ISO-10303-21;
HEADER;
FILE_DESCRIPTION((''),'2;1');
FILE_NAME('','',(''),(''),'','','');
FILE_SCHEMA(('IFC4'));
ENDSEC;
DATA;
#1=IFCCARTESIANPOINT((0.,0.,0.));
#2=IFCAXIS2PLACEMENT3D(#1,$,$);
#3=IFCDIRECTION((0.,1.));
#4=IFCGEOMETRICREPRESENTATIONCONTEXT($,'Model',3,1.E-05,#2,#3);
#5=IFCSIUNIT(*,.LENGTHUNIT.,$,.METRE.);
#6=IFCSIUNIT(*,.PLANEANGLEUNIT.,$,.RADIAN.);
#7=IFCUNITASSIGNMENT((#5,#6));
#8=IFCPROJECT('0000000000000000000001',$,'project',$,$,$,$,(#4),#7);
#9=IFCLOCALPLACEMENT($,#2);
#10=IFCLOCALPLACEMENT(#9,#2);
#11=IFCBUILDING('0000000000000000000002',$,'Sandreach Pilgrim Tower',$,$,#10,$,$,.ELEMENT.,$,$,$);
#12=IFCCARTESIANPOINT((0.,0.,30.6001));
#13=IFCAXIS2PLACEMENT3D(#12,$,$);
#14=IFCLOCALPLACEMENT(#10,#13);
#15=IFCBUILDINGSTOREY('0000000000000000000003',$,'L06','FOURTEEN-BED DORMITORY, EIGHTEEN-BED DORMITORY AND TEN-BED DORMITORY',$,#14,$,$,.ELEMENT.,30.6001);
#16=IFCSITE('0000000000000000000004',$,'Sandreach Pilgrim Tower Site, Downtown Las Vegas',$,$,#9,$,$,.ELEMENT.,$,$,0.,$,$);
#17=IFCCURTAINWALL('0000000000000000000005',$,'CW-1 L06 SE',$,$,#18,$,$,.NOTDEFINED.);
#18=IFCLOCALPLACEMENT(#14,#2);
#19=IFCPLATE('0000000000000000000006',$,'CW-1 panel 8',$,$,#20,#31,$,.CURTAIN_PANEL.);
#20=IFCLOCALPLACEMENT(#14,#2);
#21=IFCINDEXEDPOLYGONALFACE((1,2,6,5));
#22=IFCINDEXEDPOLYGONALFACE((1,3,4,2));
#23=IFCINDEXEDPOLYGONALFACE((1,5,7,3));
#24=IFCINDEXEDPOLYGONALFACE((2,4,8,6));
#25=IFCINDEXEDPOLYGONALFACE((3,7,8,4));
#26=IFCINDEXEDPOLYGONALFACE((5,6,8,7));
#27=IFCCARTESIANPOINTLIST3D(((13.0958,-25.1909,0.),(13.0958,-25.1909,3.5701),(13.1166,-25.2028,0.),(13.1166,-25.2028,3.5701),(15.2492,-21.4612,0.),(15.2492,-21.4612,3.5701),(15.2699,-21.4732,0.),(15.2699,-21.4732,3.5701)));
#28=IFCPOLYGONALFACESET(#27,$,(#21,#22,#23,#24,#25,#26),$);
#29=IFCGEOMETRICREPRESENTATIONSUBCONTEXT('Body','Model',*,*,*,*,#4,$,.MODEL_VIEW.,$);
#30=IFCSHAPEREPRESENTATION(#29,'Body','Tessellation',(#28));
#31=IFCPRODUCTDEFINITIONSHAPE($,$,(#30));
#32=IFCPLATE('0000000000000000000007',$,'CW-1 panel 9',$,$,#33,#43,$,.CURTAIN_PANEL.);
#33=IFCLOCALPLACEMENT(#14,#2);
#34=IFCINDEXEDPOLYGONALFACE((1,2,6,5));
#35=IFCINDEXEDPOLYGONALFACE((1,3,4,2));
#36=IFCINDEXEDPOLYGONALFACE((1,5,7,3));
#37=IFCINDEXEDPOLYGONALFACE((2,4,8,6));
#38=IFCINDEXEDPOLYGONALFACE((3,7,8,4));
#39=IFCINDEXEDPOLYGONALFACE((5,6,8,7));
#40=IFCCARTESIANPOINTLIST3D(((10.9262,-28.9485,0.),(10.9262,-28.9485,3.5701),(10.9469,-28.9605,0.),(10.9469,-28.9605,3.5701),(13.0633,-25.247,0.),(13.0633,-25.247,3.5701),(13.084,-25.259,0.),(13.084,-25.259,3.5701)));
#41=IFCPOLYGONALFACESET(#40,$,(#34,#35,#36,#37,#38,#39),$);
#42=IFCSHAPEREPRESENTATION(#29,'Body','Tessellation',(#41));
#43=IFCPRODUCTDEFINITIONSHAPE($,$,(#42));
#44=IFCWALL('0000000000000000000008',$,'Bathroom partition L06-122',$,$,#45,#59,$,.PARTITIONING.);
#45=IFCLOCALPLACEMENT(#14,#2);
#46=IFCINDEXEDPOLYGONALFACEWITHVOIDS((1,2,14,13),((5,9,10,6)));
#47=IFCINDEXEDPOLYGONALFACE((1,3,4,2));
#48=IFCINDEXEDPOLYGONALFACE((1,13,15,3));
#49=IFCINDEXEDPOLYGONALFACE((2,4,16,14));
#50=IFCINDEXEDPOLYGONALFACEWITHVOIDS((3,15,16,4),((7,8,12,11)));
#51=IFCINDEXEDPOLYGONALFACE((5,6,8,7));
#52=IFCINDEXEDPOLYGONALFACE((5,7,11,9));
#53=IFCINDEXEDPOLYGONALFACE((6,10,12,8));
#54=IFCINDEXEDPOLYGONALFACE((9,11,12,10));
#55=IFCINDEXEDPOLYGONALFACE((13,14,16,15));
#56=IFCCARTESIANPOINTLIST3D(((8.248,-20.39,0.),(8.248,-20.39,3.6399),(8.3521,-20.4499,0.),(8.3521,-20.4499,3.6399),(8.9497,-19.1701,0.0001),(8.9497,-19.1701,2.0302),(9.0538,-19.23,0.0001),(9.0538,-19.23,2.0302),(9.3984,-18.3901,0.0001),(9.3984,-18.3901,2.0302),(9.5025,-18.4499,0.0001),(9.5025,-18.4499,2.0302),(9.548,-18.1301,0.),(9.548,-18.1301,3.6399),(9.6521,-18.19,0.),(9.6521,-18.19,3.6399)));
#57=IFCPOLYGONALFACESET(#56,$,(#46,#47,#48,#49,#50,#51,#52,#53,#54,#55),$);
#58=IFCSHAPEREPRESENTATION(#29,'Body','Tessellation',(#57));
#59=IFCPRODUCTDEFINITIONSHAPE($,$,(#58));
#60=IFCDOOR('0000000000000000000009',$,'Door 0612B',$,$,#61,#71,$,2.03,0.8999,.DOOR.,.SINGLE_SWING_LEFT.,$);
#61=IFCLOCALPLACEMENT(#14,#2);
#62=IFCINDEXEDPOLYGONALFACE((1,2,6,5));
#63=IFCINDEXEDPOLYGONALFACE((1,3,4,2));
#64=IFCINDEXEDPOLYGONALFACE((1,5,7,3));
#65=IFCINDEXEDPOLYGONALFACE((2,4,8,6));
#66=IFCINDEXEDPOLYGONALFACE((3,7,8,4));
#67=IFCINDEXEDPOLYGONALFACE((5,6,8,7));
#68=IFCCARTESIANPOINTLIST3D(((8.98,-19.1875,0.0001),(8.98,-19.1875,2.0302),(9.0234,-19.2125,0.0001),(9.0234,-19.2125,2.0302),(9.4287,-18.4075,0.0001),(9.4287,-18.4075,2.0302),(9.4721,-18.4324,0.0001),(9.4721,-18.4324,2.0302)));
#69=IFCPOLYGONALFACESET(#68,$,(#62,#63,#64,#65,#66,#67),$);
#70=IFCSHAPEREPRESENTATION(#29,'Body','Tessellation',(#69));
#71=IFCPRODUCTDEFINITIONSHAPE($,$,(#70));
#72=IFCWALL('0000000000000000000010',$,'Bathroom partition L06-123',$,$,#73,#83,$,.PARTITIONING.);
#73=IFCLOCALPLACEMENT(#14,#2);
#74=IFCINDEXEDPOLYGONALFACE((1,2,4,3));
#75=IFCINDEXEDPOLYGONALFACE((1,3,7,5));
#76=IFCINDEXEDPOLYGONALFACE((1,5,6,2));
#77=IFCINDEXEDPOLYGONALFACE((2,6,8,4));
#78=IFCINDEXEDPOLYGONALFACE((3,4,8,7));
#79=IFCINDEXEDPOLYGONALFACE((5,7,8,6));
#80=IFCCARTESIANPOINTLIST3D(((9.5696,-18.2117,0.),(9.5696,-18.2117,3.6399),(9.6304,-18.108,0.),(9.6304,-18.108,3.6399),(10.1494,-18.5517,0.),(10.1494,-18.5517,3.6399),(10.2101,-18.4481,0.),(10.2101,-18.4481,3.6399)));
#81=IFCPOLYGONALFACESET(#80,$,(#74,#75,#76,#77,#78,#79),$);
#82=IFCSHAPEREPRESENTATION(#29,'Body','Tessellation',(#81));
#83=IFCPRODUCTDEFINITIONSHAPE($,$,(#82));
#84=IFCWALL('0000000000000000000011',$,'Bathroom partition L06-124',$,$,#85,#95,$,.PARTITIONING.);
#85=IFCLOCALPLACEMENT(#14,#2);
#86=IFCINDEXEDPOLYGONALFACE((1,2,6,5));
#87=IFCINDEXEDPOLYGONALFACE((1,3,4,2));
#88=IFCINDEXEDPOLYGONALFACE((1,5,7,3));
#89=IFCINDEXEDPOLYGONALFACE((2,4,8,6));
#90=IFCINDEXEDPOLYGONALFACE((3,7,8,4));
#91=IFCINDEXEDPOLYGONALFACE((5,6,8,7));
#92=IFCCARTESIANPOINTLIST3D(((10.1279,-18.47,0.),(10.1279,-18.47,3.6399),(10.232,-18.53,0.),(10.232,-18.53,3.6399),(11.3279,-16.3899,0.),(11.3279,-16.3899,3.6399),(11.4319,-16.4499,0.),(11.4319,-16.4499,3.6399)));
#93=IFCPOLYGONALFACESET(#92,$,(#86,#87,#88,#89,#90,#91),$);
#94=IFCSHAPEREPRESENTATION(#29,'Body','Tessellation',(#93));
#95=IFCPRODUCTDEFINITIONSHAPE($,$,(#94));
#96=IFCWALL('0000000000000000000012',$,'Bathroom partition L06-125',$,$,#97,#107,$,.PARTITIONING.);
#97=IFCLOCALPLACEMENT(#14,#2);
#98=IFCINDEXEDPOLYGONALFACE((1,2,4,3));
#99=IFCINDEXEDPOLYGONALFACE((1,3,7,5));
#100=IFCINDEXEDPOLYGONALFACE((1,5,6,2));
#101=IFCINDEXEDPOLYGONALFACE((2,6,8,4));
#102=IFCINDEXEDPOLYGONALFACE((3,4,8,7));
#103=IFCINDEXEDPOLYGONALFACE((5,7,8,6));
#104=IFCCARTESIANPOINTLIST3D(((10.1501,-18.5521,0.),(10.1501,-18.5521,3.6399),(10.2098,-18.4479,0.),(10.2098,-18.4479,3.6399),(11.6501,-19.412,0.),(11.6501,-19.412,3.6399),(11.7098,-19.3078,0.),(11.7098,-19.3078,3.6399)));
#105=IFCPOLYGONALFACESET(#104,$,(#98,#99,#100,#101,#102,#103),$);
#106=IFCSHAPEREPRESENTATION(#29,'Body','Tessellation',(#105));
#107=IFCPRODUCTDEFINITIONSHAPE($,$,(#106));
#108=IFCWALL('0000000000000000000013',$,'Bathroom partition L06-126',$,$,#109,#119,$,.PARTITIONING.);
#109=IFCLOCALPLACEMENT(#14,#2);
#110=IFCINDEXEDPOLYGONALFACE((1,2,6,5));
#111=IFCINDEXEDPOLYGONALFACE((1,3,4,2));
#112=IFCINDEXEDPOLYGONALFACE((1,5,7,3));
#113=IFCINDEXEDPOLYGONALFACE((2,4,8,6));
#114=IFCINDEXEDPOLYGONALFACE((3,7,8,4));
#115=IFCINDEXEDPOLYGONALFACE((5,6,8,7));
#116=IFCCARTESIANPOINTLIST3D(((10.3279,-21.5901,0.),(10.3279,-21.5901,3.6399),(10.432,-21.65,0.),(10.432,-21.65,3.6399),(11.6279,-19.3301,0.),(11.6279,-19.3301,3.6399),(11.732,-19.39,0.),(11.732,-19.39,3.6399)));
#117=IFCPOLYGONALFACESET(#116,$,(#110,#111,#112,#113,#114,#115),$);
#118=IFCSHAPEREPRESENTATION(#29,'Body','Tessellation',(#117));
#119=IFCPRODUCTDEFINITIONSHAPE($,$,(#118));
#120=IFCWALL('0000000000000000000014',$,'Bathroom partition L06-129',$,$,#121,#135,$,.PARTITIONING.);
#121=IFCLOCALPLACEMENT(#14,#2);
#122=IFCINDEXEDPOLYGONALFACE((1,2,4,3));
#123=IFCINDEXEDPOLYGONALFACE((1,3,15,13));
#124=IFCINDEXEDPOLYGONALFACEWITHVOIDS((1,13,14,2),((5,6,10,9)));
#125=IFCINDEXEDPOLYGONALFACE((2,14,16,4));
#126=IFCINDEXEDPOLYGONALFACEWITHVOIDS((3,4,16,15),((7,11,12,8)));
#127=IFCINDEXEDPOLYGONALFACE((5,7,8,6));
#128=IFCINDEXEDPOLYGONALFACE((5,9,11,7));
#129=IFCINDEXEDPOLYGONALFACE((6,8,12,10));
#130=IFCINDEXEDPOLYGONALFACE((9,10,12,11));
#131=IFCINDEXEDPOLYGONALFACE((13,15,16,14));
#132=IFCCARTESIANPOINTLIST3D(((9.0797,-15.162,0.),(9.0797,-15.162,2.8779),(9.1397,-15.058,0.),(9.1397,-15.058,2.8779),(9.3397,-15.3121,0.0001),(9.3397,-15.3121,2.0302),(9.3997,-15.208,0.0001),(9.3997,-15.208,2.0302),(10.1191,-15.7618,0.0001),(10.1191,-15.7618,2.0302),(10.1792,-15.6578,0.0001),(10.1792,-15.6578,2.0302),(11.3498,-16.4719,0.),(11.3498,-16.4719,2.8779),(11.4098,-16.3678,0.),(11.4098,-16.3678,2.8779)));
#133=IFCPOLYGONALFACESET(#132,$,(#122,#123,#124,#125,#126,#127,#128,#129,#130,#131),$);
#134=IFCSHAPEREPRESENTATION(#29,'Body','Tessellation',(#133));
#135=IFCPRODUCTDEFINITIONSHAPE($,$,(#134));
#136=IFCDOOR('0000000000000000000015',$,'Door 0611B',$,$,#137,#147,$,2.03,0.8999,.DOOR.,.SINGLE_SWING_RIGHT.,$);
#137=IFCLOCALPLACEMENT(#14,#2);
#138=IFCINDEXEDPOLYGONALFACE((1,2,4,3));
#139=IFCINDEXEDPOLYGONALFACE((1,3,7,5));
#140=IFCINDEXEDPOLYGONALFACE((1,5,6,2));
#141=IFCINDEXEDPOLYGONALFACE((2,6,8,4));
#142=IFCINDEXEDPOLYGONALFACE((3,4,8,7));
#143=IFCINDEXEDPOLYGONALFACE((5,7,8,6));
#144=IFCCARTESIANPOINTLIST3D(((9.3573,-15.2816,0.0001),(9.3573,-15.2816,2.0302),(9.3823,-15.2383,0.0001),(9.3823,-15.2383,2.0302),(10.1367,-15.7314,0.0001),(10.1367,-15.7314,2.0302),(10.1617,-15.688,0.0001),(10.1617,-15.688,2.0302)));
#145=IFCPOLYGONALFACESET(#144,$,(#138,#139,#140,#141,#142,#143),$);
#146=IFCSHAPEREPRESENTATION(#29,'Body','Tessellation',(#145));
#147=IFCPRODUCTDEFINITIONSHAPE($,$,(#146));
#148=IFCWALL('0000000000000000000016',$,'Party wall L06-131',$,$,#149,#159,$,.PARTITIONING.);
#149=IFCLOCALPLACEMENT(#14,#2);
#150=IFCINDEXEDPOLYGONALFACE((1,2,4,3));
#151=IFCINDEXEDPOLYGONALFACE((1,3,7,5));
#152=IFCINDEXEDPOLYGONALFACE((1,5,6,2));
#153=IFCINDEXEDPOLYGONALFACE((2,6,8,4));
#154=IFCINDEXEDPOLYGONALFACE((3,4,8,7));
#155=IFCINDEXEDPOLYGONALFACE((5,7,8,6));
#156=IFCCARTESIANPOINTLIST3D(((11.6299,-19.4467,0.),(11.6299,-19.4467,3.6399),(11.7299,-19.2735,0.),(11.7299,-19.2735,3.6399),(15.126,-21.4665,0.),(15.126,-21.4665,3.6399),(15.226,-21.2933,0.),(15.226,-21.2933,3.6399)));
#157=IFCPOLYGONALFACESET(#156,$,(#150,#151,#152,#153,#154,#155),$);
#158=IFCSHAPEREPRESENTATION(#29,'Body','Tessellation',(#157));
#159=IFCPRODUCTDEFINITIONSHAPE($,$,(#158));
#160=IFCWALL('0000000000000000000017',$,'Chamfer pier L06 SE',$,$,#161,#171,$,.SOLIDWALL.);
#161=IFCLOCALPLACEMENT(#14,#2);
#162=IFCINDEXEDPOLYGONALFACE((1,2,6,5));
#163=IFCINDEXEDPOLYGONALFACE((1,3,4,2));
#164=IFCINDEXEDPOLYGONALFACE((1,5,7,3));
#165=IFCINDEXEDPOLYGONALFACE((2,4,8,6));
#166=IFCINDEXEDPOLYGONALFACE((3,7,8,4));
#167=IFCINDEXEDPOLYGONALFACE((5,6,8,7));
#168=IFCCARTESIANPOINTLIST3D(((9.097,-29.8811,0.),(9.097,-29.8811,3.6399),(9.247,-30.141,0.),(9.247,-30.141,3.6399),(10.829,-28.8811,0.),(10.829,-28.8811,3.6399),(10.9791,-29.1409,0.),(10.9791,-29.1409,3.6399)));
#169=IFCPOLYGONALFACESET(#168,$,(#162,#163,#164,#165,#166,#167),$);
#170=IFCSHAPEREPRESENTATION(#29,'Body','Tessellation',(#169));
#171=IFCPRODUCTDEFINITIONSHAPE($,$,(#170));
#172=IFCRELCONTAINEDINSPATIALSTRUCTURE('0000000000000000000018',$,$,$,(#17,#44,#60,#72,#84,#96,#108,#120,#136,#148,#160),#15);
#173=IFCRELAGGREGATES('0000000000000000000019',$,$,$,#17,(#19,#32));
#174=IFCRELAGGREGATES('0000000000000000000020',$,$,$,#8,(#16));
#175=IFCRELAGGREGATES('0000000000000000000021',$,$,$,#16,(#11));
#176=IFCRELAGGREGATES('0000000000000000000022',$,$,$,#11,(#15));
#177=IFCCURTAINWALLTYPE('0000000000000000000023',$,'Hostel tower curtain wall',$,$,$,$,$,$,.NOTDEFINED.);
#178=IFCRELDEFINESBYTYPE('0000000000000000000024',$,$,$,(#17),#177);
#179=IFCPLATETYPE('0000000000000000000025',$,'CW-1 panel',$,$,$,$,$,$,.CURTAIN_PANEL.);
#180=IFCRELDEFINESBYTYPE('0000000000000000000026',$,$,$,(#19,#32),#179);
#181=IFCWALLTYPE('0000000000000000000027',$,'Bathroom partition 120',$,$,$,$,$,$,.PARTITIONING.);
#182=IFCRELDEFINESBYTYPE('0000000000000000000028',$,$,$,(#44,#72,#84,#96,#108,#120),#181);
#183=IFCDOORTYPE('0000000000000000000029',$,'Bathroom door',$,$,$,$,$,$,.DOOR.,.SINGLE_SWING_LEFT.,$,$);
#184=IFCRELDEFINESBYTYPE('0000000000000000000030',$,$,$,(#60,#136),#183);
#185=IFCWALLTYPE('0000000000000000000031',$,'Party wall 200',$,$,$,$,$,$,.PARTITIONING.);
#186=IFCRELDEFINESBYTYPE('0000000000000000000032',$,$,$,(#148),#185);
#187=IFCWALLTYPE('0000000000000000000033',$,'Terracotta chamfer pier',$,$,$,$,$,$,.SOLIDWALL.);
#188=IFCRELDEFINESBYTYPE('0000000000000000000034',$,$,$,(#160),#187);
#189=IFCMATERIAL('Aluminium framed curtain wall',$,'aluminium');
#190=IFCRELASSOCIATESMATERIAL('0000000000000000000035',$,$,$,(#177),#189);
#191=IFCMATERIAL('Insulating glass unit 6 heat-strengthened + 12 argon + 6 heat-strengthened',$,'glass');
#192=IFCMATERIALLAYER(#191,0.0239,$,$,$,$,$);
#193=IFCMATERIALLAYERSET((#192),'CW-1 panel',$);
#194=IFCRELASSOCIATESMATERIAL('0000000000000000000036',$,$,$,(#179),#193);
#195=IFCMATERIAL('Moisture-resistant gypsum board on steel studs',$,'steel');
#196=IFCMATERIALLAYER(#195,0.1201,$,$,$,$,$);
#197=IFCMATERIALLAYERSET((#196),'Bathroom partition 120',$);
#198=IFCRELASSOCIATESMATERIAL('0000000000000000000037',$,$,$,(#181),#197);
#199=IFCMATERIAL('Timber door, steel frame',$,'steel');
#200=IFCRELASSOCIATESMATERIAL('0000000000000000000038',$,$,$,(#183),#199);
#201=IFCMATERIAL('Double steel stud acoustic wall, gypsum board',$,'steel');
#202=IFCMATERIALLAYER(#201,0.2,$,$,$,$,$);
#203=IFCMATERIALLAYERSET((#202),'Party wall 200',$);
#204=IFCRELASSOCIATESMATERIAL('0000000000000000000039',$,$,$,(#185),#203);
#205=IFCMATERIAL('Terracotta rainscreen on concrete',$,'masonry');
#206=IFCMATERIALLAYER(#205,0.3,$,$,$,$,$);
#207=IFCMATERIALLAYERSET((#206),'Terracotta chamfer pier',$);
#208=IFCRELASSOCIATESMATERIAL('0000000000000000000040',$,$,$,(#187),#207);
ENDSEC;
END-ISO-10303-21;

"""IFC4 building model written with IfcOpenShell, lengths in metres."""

from ifc_helpers import new_model, si_unit, direction, frame, frame_2d, origin, origin_2d, place, context, subcontext, project, spatial, rectangle, extrude, material, layer, layer_set, type_object, element, fill, aggregate, save


model = new_model("IFC4")

# Units and contexts
model_context = context("Model", 3, precision=1e-05, world=origin(), true_north=direction((0.0, 1.0)))
body_context = subcontext(model_context, "Body", "Model", "MODEL_VIEW")
ifc_project = project(units=[si_unit("LENGTHUNIT", "METRE"), si_unit("PLANEANGLEUNIT", "RADIAN")], contexts=[model_context])

# Site, building, storey
site_placement = place(None, origin())
site = spatial("IfcSite", under=ifc_project, at=site_placement, Name="Sandreach Pilgrim Tower Site, Downtown Las Vegas", CompositionType="ELEMENT", RefElevation=0.0)
building_placement = place(site_placement, origin())
building = spatial("IfcBuilding", under=site, at=building_placement, Name="Sandreach Pilgrim Tower", CompositionType="ELEMENT")
storey_placement = place(building_placement, frame((0.0, 0.0, 30.6001)))
storey = spatial("IfcBuildingStorey", under=building, at=storey_placement, Name="L06", Description="FOURTEEN-BED DORMITORY, EIGHTEEN-BED DORMITORY AND TEN-BED DORMITORY", CompositionType="ELEMENT", Elevation=30.6001)

# Curtain wall
ifc_material_1 = material(Name="Aluminium framed curtain wall", Category="aluminium")
curtain_wall_type = type_object("IfcCurtainWallType", Name="Hostel tower curtain wall", PredefinedType="NOTDEFINED", material=ifc_material_1)
curtain_wall_1_placement = place(storey_placement, origin())
curtain_wall_1 = element("IfcCurtainWall", 1, at=curtain_wall_1_placement, inside=storey, type_object=curtain_wall_type, Name="CW-1 L06 SE", PredefinedType="NOTDEFINED")

# Plates
ifc_material_2 = material(Name="Insulating glass unit 6 heat-strengthened + 12 argon + 6 heat-strengthened", Category="glass")
ifc_layer_1 = layer(ifc_material_2, 0.0239)
ifc_layer_set_1 = layer_set([ifc_layer_1], Name="CW-1 panel")
plate_type = type_object("IfcPlateType", Name="CW-1 panel", PredefinedType="CURTAIN_PANEL", material=ifc_layer_set_1)
plate_1_placement = place(storey_placement, frame((14.1829, -23.332, 0.0), z_axis=(0.0, 0.0, 1.0), x_axis=(-0.5, -0.866025, 0.0)))
plate_1 = element("IfcPlate", 2, at=plate_1_placement, type_object=plate_type, Name="CW-1 panel 8", PredefinedType="CURTAIN_PANEL", context=body_context, shape_type="SweptSolid", body=[
    extrude(rectangle(XDim=4.3066, YDim=0.0239, at=origin_2d()), origin(), (0.0, 0.0, 1.0), 3.5701),
])
plate_2_placement = place(storey_placement, frame((12.0051, -27.1038, 0.0), z_axis=(0.0, 0.0, 1.0), x_axis=(-0.5, -0.866025, 0.0)))
plate_2 = element("IfcPlate", 3, at=plate_2_placement, type_object=plate_type, Name="CW-1 panel 9", PredefinedType="CURTAIN_PANEL", context=body_context, shape_type="SweptSolid", body=[
    extrude(rectangle(XDim=4.2742, YDim=0.0239, at=origin_2d()), origin(), (0.0, 0.0, 1.0), 3.5701),
])
aggregate(curtain_wall_1, [plate_1, plate_2])

# Wall, opening, door
ifc_material_3 = material(Name="Moisture-resistant gypsum board on steel studs", Category="steel")
ifc_layer_2 = layer(ifc_material_3, 0.1201)
ifc_layer_set_2 = layer_set([ifc_layer_2], Name="Bathroom partition 120")
wall_type_1 = type_object("IfcWallType", Name="Bathroom partition 120", PredefinedType="PARTITIONING", material=ifc_layer_set_2)
wall_1_placement = place(storey_placement, frame((9.6001, -18.1599, 0.0), z_axis=(0.0, 0.0, 1.0), x_axis=(-0.498628, -0.866816, 0.0)))
wall_1 = element("IfcWall", 4, at=wall_1_placement, inside=storey, type_object=wall_type_1, Name="Bathroom partition L06-122", PredefinedType="PARTITIONING", context=body_context, shape_type="SweptSolid", body=[
    extrude(rectangle(XDim=2.6072, YDim=0.1201, at=frame_2d((1.3037, 0.0))), origin(), (0.0, 0.0, 1.0), 3.6399),
])
opening_1_placement = place(wall_1_placement, frame((0.3, 0.0, 0.0)))
opening_1 = element("IfcOpeningElement", 5, at=opening_1_placement, cuts=wall_1, PredefinedType="OPENING", context=body_context, shape_type="SweptSolid", body=[
    extrude(rectangle(XDim=0.8999, YDim=2.03, at=frame_2d((0.45, 1.0151))), frame((0.0, 0.0601, 0.0), z_axis=(0.0, -1.0, 0.0), x_axis=(1.0, 0.0, 0.0)), (0.0, 0.0, 1.0), 0.1201),
])
ifc_material_4 = material(Name="Timber door, steel frame", Category="steel")
door_type = type_object("IfcDoorType", Name="Bathroom door", OperationType="SINGLE_SWING_LEFT", PredefinedType="DOOR", material=ifc_material_4)
door_1_placement = place(opening_1_placement, origin())
door_1 = element("IfcDoor", 6, at=door_1_placement, inside=storey, type_object=door_type, Name="Door 0612B", OperationType="SINGLE_SWING_LEFT", OverallHeight=2.03, OverallWidth=0.8999, PredefinedType="DOOR", context=body_context, shape_type="SweptSolid", body=[
    extrude(rectangle(XDim=0.8999, YDim=2.03, at=frame_2d((0.45, 1.0151))), frame((0.0, 0.0249, 0.0), z_axis=(0.0, -1.0, 0.0), x_axis=(1.0, 0.0, 0.0)), (0.0, 0.0, 1.0), 0.05),
])
fill(opening_1, door_1)

# Walls
wall_2_placement = place(storey_placement, frame((9.6001, -18.1599, 0.0), z_axis=(0.0, 0.0, 1.0), x_axis=(0.862578, -0.505925, 0.0)))
element("IfcWall", 7, at=wall_2_placement, inside=storey, type_object=wall_type_1, Name="Bathroom partition L06-123", PredefinedType="PARTITIONING", context=body_context, shape_type="SweptSolid", body=[
    extrude(rectangle(XDim=0.6721, YDim=0.1201, at=frame_2d((0.3359, 0.0))), origin(), (0.0, 0.0, 1.0), 3.6399),
])
wall_3_placement = place(storey_placement, frame((10.1799, -18.5, 0.0), z_axis=(0.0, 0.0, 1.0), x_axis=(0.499693, 0.866203, 0.0)))
element("IfcWall", 8, at=wall_3_placement, inside=storey, type_object=wall_type_1, Name="Bathroom partition L06-124", PredefinedType="PARTITIONING", context=body_context, shape_type="SweptSolid", body=[
    extrude(rectangle(XDim=2.4014, YDim=0.1201, at=frame_2d((1.2007, 0.0))), origin(), (0.0, 0.0, 1.0), 3.6399),
])
wall_4_placement = place(storey_placement, frame((10.1799, -18.5, 0.0), z_axis=(0.0, 0.0, 1.0), x_axis=(0.867565, -0.497325, 0.0)))
element("IfcWall", 9, at=wall_4_placement, inside=storey, type_object=wall_type_1, Name="Bathroom partition L06-125", PredefinedType="PARTITIONING", context=body_context, shape_type="SweptSolid", body=[
    extrude(rectangle(XDim=1.729, YDim=0.1201, at=frame_2d((0.8645, 0.0))), origin(), (0.0, 0.0, 1.0), 3.6399),
])
wall_5_placement = place(storey_placement, frame((10.3799, -21.6201, 0.0), z_axis=(0.0, 0.0, 1.0), x_axis=(0.498628, 0.866816, 0.0)))
element("IfcWall", 10, at=wall_5_placement, inside=storey, type_object=wall_type_1, Name="Bathroom partition L06-126", PredefinedType="PARTITIONING", context=body_context, shape_type="SweptSolid", body=[
    extrude(rectangle(XDim=2.6072, YDim=0.1201, at=frame_2d((1.3037, 0.0))), origin(), (0.0, 0.0, 1.0), 3.6399),
])

# Wall, opening, door
wall_6_placement = place(storey_placement, frame((11.3799, -16.4199, 0.0), z_axis=(0.0, 0.0, 1.0), x_axis=(-0.866155, 0.499776, 0.0)))
wall_6 = element("IfcWall", 11, at=wall_6_placement, inside=storey, type_object=wall_type_1, Name="Bathroom partition L06-129", PredefinedType="PARTITIONING", context=body_context, shape_type="SweptSolid", body=[
    extrude(rectangle(XDim=2.6208, YDim=0.1201, at=frame_2d((1.3105, 0.0))), origin(), (0.0, 0.0, 1.0), 2.8779),
])
opening_2_placement = place(wall_6_placement, frame((1.4209, 0.0, 0.0)))
opening_2 = element("IfcOpeningElement", 12, at=opening_2_placement, cuts=wall_6, PredefinedType="OPENING", context=body_context, shape_type="SweptSolid", body=[
    extrude(rectangle(XDim=0.8999, YDim=2.03, at=frame_2d((0.45, 1.0151))), frame((0.0, 0.0601, 0.0), z_axis=(0.0, -1.0, 0.0), x_axis=(1.0, 0.0, 0.0)), (0.0, 0.0, 1.0), 0.1201),
])
door_2_placement = place(opening_2_placement, origin())
door_2 = element("IfcDoor", 13, at=door_2_placement, inside=storey, type_object=door_type, Name="Door 0611B", OperationType="SINGLE_SWING_RIGHT", OverallHeight=2.03, OverallWidth=0.8999, PredefinedType="DOOR", context=body_context, shape_type="SweptSolid", body=[
    extrude(rectangle(XDim=0.8999, YDim=2.03, at=frame_2d((0.45, 1.0151))), frame((0.0, 0.0249, 0.0), z_axis=(0.0, -1.0, 0.0), x_axis=(1.0, 0.0, 0.0)), (0.0, 0.0, 1.0), 0.05),
])
fill(opening_2, door_2)

# Walls
ifc_material_5 = material(Name="Double steel stud acoustic wall, gypsum board", Category="steel")
ifc_layer_3 = layer(ifc_material_5, 0.2)
ifc_layer_set_3 = layer_set([ifc_layer_3], Name="Party wall 200")
wall_type_2 = type_object("IfcWallType", Name="Party wall 200", PredefinedType="PARTITIONING", material=ifc_layer_set_3)
wall_7_placement = place(storey_placement, frame((11.6799, -19.3601, 0.0), z_axis=(0.0, 0.0, 1.0), x_axis=(0.865885, -0.500242, 0.0)))
element("IfcWall", 14, at=wall_7_placement, inside=storey, type_object=wall_type_2, Name="Party wall L06-131", PredefinedType="PARTITIONING", context=body_context, shape_type="SweptSolid", body=[
    extrude(rectangle(XDim=4.0376, YDim=0.2, at=frame_2d((2.0188, 0.0))), origin(), (0.0, 0.0, 1.0), 3.6399),
])
ifc_material_6 = material(Name="Terracotta rainscreen on concrete", Category="masonry")
ifc_layer_4 = layer(ifc_material_6, 0.3)
ifc_layer_set_4 = layer_set([ifc_layer_4], Name="Terracotta chamfer pier")
wall_type_3 = type_object("IfcWallType", Name="Terracotta chamfer pier", PredefinedType="SOLIDWALL", material=ifc_layer_set_4)
wall_8_placement = place(storey_placement, frame((10.9041, -29.011, 0.0), z_axis=(0.0, 0.0, 1.0), x_axis=(-0.866011, -0.500025, 0.0)))
element("IfcWall", 15, at=wall_8_placement, inside=storey, type_object=wall_type_3, Name="Chamfer pier L06 SE", PredefinedType="SOLIDWALL", context=body_context, shape_type="SweptSolid", body=[
    extrude(rectangle(XDim=2.0, YDim=0.3, at=frame_2d((1.0, 0.0))), origin(), (0.0, 0.0, 1.0), 3.6399),
])

save(model, "model.ifc")
